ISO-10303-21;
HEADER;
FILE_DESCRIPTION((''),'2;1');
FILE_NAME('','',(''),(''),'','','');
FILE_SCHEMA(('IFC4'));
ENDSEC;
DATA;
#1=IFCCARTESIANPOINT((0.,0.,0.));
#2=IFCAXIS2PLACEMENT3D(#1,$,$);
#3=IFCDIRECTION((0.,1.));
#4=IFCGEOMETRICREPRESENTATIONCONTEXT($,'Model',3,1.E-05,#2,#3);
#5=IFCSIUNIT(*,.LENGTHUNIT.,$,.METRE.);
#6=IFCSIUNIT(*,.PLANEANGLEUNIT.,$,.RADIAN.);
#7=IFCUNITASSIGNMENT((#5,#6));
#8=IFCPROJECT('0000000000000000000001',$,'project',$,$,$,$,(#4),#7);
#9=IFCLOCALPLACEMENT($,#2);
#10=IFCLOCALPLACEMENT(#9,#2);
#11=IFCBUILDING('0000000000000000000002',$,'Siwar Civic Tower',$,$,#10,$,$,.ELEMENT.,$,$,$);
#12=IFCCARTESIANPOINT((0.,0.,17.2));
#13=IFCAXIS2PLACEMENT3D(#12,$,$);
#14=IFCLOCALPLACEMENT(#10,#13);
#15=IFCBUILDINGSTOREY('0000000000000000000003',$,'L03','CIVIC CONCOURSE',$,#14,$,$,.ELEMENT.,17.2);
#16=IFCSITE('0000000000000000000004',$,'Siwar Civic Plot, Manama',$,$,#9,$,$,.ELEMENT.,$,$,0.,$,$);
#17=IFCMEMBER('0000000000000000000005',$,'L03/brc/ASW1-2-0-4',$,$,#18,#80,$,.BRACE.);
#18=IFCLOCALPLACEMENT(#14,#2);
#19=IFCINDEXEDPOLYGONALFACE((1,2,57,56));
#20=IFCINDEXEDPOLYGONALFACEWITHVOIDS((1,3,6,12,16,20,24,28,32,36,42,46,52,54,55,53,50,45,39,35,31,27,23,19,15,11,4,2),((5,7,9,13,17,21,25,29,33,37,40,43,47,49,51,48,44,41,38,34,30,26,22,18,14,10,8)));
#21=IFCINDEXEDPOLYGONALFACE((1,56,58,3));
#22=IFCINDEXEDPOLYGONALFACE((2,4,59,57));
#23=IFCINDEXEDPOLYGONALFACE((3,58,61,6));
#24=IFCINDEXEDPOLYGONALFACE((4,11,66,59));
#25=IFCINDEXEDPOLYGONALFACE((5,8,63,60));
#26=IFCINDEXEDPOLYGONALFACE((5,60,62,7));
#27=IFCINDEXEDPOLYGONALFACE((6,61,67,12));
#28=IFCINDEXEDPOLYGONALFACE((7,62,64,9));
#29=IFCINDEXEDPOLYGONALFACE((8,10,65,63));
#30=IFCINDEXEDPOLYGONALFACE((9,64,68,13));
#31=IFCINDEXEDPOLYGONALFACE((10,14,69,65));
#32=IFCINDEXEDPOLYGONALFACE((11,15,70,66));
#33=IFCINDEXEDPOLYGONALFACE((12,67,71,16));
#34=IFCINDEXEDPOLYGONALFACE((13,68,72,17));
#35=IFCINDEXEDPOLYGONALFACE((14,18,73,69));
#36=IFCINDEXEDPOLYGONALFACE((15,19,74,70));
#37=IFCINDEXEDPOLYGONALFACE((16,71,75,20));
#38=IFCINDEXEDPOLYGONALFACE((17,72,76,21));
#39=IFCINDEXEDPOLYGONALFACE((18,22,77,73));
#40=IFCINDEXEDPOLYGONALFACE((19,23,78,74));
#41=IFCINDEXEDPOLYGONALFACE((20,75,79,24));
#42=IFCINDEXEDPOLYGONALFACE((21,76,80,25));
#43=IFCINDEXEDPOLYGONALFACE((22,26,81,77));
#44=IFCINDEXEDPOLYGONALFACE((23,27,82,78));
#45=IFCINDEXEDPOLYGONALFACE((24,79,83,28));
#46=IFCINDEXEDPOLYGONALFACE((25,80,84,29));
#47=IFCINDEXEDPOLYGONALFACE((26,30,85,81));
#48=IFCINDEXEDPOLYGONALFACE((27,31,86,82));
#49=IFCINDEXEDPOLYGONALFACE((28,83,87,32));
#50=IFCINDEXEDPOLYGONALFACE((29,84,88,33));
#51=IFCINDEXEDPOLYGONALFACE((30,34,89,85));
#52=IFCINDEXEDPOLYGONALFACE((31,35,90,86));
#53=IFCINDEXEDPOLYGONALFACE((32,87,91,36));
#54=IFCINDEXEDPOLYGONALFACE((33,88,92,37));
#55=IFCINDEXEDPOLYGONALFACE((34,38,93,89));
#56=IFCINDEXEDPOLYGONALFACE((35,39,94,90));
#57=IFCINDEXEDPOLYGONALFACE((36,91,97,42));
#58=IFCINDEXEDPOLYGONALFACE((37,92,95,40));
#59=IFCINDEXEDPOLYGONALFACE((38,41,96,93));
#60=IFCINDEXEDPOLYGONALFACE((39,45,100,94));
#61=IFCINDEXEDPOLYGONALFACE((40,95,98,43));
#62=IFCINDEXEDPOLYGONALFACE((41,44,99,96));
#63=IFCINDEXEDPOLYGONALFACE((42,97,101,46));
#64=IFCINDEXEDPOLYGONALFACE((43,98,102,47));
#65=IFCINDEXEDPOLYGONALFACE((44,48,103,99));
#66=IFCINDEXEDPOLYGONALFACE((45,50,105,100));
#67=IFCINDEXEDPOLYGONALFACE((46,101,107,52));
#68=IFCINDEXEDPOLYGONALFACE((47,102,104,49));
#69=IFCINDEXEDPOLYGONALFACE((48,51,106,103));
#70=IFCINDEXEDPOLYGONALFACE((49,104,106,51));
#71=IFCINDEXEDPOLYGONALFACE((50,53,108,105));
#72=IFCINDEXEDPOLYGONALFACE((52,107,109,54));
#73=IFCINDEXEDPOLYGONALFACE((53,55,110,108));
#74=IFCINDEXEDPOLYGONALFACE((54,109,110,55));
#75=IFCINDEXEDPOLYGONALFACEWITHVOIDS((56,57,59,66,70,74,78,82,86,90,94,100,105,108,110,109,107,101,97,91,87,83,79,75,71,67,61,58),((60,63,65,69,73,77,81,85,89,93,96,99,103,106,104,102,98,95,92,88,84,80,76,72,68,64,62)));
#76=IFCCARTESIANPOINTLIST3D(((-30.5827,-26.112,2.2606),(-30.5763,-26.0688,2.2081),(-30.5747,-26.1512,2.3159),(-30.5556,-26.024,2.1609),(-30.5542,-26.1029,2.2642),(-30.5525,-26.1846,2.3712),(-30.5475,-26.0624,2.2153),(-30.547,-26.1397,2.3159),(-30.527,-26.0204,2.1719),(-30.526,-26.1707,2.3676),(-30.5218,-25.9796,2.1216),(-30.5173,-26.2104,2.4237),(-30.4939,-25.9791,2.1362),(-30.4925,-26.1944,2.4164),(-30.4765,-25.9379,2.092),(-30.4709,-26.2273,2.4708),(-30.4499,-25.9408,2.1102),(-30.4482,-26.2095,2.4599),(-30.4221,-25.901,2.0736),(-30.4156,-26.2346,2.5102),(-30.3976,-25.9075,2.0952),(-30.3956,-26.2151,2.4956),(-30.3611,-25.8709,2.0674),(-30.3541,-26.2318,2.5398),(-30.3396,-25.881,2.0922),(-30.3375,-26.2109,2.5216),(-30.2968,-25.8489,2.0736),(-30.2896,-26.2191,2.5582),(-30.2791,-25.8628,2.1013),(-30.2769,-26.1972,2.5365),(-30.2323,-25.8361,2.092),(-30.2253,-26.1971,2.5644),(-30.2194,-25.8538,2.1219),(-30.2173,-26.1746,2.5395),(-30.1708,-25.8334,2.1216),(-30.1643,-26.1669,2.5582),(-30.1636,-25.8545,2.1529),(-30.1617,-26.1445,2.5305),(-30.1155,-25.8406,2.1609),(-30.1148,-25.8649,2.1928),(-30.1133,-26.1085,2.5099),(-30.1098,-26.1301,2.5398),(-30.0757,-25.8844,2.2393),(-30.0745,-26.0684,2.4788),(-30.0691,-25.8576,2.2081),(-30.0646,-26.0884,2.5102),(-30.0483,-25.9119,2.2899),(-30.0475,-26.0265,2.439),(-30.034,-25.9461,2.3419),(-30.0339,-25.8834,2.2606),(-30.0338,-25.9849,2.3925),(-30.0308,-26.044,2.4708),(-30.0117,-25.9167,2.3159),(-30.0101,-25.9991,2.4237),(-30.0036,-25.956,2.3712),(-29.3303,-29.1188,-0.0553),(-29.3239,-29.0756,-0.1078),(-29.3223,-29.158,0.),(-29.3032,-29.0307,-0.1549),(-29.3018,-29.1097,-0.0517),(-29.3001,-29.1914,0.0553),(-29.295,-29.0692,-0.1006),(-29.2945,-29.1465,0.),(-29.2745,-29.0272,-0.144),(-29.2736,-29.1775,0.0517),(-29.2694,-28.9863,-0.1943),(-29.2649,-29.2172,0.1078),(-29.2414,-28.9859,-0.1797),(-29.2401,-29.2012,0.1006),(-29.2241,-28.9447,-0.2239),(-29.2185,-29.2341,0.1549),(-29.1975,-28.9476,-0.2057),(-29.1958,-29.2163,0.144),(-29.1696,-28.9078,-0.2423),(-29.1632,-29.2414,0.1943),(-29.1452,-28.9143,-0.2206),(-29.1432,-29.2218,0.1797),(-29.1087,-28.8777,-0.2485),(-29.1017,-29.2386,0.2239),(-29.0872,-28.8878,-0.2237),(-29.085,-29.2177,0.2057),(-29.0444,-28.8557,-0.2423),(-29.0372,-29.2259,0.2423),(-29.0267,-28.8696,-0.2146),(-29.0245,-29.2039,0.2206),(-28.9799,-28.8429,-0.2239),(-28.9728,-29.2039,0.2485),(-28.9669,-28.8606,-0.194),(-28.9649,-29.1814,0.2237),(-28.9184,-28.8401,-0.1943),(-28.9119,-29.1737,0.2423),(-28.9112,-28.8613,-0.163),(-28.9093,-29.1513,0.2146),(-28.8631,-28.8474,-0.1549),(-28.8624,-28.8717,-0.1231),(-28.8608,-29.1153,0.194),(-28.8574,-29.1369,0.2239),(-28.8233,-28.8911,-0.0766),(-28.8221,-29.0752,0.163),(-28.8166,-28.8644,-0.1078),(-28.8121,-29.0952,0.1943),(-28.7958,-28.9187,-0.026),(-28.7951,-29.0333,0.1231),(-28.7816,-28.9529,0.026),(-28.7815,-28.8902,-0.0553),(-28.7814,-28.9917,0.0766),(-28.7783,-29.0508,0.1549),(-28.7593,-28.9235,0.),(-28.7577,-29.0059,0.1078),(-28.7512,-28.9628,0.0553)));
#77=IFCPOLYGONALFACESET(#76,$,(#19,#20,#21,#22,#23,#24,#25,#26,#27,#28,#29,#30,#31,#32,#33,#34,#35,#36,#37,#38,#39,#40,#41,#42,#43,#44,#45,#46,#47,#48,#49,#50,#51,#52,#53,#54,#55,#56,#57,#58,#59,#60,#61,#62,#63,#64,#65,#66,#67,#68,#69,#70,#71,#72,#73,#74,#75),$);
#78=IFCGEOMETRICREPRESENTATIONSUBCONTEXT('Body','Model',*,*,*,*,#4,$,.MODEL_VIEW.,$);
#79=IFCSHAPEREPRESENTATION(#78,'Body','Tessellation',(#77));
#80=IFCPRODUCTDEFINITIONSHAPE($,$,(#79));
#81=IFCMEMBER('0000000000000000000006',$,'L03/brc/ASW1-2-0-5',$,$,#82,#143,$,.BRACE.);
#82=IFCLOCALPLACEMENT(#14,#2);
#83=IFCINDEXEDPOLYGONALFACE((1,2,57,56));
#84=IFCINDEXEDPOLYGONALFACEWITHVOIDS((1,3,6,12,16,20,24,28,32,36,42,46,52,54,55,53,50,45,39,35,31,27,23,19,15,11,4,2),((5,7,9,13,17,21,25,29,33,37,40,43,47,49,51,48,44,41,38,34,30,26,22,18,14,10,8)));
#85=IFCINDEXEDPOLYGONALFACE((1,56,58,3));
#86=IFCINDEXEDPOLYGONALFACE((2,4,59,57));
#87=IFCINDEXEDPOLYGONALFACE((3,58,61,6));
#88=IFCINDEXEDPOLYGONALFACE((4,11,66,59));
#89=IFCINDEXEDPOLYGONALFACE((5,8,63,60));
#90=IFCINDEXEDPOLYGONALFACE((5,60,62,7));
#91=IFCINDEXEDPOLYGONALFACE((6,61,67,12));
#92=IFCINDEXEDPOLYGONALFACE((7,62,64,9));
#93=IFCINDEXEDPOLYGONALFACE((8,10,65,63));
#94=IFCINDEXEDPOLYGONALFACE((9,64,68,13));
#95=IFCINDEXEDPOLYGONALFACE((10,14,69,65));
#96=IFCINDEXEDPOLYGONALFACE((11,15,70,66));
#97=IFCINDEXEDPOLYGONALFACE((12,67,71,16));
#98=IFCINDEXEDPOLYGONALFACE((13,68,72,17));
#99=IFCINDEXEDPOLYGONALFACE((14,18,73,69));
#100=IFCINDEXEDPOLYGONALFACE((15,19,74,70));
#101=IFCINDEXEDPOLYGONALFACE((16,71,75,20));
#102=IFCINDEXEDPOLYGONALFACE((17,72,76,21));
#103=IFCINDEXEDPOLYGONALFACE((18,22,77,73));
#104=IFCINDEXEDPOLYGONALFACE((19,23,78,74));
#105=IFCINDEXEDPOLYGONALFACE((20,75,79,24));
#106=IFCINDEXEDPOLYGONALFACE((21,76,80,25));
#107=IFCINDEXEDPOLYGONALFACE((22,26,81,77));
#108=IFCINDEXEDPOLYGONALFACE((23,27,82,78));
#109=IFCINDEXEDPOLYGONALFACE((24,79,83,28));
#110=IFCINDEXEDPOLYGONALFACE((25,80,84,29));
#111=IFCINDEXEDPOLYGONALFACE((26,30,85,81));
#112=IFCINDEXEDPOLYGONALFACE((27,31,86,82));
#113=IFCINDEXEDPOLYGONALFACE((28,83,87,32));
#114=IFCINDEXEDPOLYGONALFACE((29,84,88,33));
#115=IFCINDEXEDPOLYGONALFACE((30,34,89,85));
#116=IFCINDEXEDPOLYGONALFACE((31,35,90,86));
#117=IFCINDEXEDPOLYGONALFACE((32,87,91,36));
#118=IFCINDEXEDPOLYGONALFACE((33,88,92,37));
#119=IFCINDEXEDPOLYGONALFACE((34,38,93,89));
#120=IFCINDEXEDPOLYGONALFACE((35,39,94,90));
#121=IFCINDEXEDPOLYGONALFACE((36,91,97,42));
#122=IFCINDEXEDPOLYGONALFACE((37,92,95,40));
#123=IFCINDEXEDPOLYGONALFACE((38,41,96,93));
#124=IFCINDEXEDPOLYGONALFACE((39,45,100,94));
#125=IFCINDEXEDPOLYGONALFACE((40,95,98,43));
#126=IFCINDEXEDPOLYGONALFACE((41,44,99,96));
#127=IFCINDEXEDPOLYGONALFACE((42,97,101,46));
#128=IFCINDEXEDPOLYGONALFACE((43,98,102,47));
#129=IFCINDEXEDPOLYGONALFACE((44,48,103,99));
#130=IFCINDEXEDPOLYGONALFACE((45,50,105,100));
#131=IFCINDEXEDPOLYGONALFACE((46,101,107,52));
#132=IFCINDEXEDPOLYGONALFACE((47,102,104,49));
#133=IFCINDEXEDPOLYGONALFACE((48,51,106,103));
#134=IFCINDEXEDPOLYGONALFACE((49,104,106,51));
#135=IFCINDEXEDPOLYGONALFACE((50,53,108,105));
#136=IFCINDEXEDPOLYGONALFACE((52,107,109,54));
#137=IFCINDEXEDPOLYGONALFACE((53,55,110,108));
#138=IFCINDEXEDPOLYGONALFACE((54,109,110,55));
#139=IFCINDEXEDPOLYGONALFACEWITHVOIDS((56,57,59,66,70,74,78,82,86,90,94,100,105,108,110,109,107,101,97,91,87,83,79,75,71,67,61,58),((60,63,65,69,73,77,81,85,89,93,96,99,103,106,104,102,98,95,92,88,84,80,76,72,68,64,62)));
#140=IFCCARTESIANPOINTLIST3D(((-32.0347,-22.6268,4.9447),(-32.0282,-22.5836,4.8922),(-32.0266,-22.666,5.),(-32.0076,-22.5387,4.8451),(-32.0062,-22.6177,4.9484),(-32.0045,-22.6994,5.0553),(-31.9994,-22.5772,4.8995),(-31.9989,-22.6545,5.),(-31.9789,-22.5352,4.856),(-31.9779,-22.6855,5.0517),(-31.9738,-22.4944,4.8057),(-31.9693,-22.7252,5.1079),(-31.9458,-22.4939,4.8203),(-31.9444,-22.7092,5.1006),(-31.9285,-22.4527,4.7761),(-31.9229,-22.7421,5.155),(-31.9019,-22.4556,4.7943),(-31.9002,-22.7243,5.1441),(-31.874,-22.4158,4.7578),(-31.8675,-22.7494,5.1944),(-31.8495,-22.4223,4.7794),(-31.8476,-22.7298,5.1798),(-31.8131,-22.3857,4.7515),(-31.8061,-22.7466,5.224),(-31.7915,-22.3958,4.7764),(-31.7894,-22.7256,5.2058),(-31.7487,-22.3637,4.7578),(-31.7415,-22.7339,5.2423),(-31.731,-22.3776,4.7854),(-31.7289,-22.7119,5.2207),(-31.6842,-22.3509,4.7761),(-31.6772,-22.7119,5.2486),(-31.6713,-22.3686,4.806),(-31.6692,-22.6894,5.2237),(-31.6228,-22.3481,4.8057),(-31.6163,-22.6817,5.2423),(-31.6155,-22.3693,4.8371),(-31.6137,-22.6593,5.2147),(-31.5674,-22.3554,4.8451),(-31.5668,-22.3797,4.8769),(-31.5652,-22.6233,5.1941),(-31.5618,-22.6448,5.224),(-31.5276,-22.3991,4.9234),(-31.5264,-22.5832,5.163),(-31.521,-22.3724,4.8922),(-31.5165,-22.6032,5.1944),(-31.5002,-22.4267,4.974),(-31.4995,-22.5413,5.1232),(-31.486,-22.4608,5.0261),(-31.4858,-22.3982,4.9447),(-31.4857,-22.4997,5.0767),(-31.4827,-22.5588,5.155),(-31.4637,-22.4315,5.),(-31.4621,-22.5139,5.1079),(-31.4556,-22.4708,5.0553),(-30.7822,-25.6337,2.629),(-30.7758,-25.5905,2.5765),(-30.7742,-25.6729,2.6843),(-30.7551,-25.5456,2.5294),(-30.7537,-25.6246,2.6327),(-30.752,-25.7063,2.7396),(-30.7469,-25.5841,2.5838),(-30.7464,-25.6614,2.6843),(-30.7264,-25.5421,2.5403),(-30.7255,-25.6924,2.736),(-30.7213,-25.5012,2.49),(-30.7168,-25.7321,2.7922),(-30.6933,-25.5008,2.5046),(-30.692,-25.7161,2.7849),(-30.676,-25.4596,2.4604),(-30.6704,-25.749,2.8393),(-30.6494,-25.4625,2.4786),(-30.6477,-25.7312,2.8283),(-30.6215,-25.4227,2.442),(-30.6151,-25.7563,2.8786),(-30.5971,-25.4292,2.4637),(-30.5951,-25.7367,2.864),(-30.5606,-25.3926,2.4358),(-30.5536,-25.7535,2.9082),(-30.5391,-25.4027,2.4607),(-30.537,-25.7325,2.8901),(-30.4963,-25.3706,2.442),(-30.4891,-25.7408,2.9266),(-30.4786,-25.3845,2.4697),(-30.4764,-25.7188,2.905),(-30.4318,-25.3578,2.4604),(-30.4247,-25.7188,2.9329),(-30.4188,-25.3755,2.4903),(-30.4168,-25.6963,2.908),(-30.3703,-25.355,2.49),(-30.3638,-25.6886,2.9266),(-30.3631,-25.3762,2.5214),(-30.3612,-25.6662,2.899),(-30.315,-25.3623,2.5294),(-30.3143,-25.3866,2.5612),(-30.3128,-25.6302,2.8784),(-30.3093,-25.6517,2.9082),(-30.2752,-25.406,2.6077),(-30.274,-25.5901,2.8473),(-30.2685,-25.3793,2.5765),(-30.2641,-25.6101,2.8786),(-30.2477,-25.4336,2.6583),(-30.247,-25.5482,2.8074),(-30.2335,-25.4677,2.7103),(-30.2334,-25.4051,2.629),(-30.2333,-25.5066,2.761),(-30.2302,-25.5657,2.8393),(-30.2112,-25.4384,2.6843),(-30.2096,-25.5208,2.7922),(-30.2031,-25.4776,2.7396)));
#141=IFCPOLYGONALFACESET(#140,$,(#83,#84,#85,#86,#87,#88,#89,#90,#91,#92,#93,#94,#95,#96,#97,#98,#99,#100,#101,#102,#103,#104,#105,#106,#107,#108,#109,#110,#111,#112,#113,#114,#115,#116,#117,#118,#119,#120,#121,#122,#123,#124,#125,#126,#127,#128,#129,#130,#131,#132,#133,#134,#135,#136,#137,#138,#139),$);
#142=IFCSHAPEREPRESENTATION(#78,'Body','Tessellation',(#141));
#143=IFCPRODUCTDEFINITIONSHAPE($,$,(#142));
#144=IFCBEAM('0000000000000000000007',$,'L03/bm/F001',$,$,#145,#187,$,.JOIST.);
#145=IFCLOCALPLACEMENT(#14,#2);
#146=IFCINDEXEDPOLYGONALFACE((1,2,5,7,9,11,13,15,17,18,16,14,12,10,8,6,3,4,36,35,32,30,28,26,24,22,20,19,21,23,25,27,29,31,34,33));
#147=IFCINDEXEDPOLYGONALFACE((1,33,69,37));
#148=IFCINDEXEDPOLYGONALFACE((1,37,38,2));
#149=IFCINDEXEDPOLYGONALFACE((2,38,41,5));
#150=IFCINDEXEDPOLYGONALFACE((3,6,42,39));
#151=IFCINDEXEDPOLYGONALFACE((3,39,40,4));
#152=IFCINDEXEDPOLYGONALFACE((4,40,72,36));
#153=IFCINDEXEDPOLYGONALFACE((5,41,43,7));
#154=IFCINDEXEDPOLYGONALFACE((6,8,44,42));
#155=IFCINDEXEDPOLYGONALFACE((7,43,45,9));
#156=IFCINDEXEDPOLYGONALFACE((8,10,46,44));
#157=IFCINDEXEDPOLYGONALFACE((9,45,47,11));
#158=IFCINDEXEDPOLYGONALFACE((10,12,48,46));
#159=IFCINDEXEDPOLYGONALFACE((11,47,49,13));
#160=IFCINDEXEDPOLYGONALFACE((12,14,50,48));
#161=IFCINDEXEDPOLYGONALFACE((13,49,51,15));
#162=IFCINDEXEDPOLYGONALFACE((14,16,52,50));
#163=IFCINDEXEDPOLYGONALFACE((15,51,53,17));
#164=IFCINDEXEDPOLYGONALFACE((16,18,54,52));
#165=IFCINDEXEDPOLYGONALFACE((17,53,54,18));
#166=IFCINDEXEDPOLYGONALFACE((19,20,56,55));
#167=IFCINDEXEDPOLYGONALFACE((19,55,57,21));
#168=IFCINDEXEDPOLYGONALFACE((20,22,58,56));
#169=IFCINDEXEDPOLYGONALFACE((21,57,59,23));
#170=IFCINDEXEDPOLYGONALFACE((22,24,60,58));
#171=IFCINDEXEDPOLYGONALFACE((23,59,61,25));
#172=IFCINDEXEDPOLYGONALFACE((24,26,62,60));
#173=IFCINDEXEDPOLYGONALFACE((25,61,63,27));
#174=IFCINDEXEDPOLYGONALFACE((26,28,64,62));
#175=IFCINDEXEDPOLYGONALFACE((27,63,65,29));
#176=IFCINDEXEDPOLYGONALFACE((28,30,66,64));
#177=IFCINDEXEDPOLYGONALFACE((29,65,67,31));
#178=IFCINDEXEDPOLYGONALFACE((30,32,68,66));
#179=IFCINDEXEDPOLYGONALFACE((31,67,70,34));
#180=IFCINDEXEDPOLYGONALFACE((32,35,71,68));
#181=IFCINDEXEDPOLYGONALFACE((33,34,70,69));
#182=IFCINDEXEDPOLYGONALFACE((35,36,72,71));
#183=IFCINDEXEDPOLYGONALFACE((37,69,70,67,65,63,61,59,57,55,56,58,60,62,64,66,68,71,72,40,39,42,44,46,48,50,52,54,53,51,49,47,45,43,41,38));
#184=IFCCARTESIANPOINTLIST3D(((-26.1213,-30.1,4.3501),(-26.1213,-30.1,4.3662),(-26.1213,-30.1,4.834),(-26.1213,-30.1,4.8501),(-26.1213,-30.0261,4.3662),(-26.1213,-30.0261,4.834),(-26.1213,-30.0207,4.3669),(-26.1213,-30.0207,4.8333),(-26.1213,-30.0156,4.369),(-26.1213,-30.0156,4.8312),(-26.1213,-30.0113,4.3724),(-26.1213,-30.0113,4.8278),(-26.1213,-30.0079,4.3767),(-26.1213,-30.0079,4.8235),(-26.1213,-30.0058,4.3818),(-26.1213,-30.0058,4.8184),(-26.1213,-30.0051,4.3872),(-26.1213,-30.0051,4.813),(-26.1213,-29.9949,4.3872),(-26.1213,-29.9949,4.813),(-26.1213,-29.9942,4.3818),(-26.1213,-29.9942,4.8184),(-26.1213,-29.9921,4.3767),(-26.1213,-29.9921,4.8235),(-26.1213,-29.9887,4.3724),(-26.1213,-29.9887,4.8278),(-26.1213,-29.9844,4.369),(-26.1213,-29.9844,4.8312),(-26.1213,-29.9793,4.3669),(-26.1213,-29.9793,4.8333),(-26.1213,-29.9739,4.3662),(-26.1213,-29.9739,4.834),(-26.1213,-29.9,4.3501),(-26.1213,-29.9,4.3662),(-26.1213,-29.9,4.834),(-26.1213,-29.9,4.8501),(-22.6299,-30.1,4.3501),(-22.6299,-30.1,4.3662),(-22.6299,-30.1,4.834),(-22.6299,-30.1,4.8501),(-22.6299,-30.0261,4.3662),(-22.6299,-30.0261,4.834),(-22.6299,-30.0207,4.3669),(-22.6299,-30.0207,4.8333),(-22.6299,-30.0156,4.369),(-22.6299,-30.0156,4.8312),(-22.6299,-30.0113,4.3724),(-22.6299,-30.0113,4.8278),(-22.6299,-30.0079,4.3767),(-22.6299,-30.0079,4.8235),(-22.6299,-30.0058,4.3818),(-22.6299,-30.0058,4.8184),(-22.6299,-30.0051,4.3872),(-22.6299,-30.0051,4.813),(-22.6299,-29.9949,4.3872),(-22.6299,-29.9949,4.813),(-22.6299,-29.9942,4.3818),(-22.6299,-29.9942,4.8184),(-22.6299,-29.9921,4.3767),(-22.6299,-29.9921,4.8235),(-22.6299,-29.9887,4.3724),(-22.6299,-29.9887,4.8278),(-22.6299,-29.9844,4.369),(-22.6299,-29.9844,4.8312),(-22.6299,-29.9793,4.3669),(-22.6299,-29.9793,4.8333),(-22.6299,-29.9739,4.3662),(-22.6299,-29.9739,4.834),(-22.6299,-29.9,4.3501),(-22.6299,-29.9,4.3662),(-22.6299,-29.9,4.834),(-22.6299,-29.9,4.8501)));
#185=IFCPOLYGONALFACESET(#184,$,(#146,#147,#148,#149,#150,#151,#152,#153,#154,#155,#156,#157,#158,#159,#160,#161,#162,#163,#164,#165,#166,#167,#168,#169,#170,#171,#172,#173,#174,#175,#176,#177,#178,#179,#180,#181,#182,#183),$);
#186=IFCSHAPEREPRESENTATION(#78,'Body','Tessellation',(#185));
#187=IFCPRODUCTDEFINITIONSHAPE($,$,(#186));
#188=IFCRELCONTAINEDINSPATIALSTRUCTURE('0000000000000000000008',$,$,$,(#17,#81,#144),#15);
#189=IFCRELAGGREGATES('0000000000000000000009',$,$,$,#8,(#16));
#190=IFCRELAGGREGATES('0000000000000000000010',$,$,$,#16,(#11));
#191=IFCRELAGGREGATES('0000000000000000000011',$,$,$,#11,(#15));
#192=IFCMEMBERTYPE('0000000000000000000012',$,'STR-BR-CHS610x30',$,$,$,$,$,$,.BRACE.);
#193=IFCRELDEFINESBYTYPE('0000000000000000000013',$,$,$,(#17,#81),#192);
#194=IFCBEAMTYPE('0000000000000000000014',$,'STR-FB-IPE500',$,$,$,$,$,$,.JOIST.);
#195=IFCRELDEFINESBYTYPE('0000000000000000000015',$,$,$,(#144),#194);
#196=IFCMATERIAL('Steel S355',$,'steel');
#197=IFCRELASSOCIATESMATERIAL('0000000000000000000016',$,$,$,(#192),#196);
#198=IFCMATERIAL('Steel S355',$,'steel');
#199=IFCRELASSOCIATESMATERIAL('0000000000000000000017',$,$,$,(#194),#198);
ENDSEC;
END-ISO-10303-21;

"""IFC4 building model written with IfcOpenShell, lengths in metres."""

from ifc_helpers import new_model, si_unit, direction, frame, origin, origin_2d, place, context, subcontext, project, spatial, hollow_circle, i_section, extrude, material, material_profile, profile_set, type_object, element, save


model = new_model("IFC4")

# Units and contexts
model_context = context("Model", 3, precision=1e-05, world=origin(), true_north=direction((0.0, 1.0)))
body_context = subcontext(model_context, "Body", "Model", "MODEL_VIEW")
ifc_project = project(units=[si_unit("LENGTHUNIT", "METRE"), si_unit("PLANEANGLEUNIT", "RADIAN")], contexts=[model_context])

# Site, building, storey
site_placement = place(None, origin())
site = spatial("IfcSite", under=ifc_project, at=site_placement, Name="Siwar Civic Plot, Manama", CompositionType="ELEMENT", RefElevation=0.0)
building_placement = place(site_placement, origin())
building = spatial("IfcBuilding", under=site, at=building_placement, Name="Siwar Civic Tower", CompositionType="ELEMENT")
storey_placement = place(building_placement, frame((0.0, 0.0, 17.2)))
storey = spatial("IfcBuildingStorey", under=building, at=storey_placement, Name="L03", Description="CIVIC CONCOURSE", CompositionType="ELEMENT", Elevation=17.2)

# Members
ifc_material_1 = material(Name="Steel S355", Category="steel")
ifc_material_profile_1 = material_profile(ifc_material_1, hollow_circle(Radius=0.3049, WallThickness=0.03, at=origin_2d()), Name="CHS610x30")
ifc_profile_set_1 = profile_set([ifc_material_profile_1], Name="Steel S355")
member_type_1 = type_object("IfcMemberType", Name="STR-BR-CHS610x30", PredefinedType="BRACE", material=ifc_profile_set_1)
for number, where, z_axis, x_axis, name in (
    (1, (-29.0408, -29.0408, 0.0), (-0.313373, 0.752341, 0.579466), (-0.923121, -0.384509, 0.0), "L03/brc/ASW1-2-0-4"),
    (2, (-30.4927, -25.5557, 2.6843), (-0.313385, 0.752367, 0.579425), (-0.923121, -0.384509, 0.0), "L03/brc/ASW1-2-0-5"),
):
    element("IfcMember", number, at=place(storey_placement, frame(where, z_axis=z_axis, x_axis=x_axis)), inside=storey, type_object=member_type_1, Name=name, PredefinedType="BRACE", context=body_context, shape_type="SweptSolid", body=[
        extrude(hollow_circle(Radius=0.3049, WallThickness=0.03, at=origin_2d()), origin(), (0.0, 0.0, 1.0), 3.9966),
    ])

# Beam
ifc_material_2 = material(Name="Steel S355", Category="steel")
ifc_material_profile_2 = material_profile(ifc_material_2, i_section(OverallWidth=0.2, OverallDepth=0.5, WebThickness=0.0103, FlangeThickness=0.0161, FilletRadius=0.021, at=origin_2d()), Name="IPE500")
ifc_profile_set_2 = profile_set([ifc_material_profile_2], Name="Steel S355")
beam_type_1 = type_object("IfcBeamType", Name="STR-FB-IPE500", PredefinedType="JOIST", material=ifc_profile_set_2)
beam_1_placement = place(storey_placement, frame((-26.1213, -30.0, 4.6001), z_axis=(1.0, 0.0, 0.0), x_axis=(0.0, 1.0, 0.0)))
element("IfcBeam", 3, at=beam_1_placement, inside=storey, type_object=beam_type_1, Name="L03/bm/F001", PredefinedType="JOIST", context=body_context, shape_type="SweptSolid", body=[
    extrude(i_section(OverallWidth=0.2, OverallDepth=0.5, WebThickness=0.0103, FlangeThickness=0.0161, FilletRadius=0.021, at=origin_2d()), origin(), (0.0, 0.0, 1.0), 3.4915),
])

save(model, "model.ifc")
